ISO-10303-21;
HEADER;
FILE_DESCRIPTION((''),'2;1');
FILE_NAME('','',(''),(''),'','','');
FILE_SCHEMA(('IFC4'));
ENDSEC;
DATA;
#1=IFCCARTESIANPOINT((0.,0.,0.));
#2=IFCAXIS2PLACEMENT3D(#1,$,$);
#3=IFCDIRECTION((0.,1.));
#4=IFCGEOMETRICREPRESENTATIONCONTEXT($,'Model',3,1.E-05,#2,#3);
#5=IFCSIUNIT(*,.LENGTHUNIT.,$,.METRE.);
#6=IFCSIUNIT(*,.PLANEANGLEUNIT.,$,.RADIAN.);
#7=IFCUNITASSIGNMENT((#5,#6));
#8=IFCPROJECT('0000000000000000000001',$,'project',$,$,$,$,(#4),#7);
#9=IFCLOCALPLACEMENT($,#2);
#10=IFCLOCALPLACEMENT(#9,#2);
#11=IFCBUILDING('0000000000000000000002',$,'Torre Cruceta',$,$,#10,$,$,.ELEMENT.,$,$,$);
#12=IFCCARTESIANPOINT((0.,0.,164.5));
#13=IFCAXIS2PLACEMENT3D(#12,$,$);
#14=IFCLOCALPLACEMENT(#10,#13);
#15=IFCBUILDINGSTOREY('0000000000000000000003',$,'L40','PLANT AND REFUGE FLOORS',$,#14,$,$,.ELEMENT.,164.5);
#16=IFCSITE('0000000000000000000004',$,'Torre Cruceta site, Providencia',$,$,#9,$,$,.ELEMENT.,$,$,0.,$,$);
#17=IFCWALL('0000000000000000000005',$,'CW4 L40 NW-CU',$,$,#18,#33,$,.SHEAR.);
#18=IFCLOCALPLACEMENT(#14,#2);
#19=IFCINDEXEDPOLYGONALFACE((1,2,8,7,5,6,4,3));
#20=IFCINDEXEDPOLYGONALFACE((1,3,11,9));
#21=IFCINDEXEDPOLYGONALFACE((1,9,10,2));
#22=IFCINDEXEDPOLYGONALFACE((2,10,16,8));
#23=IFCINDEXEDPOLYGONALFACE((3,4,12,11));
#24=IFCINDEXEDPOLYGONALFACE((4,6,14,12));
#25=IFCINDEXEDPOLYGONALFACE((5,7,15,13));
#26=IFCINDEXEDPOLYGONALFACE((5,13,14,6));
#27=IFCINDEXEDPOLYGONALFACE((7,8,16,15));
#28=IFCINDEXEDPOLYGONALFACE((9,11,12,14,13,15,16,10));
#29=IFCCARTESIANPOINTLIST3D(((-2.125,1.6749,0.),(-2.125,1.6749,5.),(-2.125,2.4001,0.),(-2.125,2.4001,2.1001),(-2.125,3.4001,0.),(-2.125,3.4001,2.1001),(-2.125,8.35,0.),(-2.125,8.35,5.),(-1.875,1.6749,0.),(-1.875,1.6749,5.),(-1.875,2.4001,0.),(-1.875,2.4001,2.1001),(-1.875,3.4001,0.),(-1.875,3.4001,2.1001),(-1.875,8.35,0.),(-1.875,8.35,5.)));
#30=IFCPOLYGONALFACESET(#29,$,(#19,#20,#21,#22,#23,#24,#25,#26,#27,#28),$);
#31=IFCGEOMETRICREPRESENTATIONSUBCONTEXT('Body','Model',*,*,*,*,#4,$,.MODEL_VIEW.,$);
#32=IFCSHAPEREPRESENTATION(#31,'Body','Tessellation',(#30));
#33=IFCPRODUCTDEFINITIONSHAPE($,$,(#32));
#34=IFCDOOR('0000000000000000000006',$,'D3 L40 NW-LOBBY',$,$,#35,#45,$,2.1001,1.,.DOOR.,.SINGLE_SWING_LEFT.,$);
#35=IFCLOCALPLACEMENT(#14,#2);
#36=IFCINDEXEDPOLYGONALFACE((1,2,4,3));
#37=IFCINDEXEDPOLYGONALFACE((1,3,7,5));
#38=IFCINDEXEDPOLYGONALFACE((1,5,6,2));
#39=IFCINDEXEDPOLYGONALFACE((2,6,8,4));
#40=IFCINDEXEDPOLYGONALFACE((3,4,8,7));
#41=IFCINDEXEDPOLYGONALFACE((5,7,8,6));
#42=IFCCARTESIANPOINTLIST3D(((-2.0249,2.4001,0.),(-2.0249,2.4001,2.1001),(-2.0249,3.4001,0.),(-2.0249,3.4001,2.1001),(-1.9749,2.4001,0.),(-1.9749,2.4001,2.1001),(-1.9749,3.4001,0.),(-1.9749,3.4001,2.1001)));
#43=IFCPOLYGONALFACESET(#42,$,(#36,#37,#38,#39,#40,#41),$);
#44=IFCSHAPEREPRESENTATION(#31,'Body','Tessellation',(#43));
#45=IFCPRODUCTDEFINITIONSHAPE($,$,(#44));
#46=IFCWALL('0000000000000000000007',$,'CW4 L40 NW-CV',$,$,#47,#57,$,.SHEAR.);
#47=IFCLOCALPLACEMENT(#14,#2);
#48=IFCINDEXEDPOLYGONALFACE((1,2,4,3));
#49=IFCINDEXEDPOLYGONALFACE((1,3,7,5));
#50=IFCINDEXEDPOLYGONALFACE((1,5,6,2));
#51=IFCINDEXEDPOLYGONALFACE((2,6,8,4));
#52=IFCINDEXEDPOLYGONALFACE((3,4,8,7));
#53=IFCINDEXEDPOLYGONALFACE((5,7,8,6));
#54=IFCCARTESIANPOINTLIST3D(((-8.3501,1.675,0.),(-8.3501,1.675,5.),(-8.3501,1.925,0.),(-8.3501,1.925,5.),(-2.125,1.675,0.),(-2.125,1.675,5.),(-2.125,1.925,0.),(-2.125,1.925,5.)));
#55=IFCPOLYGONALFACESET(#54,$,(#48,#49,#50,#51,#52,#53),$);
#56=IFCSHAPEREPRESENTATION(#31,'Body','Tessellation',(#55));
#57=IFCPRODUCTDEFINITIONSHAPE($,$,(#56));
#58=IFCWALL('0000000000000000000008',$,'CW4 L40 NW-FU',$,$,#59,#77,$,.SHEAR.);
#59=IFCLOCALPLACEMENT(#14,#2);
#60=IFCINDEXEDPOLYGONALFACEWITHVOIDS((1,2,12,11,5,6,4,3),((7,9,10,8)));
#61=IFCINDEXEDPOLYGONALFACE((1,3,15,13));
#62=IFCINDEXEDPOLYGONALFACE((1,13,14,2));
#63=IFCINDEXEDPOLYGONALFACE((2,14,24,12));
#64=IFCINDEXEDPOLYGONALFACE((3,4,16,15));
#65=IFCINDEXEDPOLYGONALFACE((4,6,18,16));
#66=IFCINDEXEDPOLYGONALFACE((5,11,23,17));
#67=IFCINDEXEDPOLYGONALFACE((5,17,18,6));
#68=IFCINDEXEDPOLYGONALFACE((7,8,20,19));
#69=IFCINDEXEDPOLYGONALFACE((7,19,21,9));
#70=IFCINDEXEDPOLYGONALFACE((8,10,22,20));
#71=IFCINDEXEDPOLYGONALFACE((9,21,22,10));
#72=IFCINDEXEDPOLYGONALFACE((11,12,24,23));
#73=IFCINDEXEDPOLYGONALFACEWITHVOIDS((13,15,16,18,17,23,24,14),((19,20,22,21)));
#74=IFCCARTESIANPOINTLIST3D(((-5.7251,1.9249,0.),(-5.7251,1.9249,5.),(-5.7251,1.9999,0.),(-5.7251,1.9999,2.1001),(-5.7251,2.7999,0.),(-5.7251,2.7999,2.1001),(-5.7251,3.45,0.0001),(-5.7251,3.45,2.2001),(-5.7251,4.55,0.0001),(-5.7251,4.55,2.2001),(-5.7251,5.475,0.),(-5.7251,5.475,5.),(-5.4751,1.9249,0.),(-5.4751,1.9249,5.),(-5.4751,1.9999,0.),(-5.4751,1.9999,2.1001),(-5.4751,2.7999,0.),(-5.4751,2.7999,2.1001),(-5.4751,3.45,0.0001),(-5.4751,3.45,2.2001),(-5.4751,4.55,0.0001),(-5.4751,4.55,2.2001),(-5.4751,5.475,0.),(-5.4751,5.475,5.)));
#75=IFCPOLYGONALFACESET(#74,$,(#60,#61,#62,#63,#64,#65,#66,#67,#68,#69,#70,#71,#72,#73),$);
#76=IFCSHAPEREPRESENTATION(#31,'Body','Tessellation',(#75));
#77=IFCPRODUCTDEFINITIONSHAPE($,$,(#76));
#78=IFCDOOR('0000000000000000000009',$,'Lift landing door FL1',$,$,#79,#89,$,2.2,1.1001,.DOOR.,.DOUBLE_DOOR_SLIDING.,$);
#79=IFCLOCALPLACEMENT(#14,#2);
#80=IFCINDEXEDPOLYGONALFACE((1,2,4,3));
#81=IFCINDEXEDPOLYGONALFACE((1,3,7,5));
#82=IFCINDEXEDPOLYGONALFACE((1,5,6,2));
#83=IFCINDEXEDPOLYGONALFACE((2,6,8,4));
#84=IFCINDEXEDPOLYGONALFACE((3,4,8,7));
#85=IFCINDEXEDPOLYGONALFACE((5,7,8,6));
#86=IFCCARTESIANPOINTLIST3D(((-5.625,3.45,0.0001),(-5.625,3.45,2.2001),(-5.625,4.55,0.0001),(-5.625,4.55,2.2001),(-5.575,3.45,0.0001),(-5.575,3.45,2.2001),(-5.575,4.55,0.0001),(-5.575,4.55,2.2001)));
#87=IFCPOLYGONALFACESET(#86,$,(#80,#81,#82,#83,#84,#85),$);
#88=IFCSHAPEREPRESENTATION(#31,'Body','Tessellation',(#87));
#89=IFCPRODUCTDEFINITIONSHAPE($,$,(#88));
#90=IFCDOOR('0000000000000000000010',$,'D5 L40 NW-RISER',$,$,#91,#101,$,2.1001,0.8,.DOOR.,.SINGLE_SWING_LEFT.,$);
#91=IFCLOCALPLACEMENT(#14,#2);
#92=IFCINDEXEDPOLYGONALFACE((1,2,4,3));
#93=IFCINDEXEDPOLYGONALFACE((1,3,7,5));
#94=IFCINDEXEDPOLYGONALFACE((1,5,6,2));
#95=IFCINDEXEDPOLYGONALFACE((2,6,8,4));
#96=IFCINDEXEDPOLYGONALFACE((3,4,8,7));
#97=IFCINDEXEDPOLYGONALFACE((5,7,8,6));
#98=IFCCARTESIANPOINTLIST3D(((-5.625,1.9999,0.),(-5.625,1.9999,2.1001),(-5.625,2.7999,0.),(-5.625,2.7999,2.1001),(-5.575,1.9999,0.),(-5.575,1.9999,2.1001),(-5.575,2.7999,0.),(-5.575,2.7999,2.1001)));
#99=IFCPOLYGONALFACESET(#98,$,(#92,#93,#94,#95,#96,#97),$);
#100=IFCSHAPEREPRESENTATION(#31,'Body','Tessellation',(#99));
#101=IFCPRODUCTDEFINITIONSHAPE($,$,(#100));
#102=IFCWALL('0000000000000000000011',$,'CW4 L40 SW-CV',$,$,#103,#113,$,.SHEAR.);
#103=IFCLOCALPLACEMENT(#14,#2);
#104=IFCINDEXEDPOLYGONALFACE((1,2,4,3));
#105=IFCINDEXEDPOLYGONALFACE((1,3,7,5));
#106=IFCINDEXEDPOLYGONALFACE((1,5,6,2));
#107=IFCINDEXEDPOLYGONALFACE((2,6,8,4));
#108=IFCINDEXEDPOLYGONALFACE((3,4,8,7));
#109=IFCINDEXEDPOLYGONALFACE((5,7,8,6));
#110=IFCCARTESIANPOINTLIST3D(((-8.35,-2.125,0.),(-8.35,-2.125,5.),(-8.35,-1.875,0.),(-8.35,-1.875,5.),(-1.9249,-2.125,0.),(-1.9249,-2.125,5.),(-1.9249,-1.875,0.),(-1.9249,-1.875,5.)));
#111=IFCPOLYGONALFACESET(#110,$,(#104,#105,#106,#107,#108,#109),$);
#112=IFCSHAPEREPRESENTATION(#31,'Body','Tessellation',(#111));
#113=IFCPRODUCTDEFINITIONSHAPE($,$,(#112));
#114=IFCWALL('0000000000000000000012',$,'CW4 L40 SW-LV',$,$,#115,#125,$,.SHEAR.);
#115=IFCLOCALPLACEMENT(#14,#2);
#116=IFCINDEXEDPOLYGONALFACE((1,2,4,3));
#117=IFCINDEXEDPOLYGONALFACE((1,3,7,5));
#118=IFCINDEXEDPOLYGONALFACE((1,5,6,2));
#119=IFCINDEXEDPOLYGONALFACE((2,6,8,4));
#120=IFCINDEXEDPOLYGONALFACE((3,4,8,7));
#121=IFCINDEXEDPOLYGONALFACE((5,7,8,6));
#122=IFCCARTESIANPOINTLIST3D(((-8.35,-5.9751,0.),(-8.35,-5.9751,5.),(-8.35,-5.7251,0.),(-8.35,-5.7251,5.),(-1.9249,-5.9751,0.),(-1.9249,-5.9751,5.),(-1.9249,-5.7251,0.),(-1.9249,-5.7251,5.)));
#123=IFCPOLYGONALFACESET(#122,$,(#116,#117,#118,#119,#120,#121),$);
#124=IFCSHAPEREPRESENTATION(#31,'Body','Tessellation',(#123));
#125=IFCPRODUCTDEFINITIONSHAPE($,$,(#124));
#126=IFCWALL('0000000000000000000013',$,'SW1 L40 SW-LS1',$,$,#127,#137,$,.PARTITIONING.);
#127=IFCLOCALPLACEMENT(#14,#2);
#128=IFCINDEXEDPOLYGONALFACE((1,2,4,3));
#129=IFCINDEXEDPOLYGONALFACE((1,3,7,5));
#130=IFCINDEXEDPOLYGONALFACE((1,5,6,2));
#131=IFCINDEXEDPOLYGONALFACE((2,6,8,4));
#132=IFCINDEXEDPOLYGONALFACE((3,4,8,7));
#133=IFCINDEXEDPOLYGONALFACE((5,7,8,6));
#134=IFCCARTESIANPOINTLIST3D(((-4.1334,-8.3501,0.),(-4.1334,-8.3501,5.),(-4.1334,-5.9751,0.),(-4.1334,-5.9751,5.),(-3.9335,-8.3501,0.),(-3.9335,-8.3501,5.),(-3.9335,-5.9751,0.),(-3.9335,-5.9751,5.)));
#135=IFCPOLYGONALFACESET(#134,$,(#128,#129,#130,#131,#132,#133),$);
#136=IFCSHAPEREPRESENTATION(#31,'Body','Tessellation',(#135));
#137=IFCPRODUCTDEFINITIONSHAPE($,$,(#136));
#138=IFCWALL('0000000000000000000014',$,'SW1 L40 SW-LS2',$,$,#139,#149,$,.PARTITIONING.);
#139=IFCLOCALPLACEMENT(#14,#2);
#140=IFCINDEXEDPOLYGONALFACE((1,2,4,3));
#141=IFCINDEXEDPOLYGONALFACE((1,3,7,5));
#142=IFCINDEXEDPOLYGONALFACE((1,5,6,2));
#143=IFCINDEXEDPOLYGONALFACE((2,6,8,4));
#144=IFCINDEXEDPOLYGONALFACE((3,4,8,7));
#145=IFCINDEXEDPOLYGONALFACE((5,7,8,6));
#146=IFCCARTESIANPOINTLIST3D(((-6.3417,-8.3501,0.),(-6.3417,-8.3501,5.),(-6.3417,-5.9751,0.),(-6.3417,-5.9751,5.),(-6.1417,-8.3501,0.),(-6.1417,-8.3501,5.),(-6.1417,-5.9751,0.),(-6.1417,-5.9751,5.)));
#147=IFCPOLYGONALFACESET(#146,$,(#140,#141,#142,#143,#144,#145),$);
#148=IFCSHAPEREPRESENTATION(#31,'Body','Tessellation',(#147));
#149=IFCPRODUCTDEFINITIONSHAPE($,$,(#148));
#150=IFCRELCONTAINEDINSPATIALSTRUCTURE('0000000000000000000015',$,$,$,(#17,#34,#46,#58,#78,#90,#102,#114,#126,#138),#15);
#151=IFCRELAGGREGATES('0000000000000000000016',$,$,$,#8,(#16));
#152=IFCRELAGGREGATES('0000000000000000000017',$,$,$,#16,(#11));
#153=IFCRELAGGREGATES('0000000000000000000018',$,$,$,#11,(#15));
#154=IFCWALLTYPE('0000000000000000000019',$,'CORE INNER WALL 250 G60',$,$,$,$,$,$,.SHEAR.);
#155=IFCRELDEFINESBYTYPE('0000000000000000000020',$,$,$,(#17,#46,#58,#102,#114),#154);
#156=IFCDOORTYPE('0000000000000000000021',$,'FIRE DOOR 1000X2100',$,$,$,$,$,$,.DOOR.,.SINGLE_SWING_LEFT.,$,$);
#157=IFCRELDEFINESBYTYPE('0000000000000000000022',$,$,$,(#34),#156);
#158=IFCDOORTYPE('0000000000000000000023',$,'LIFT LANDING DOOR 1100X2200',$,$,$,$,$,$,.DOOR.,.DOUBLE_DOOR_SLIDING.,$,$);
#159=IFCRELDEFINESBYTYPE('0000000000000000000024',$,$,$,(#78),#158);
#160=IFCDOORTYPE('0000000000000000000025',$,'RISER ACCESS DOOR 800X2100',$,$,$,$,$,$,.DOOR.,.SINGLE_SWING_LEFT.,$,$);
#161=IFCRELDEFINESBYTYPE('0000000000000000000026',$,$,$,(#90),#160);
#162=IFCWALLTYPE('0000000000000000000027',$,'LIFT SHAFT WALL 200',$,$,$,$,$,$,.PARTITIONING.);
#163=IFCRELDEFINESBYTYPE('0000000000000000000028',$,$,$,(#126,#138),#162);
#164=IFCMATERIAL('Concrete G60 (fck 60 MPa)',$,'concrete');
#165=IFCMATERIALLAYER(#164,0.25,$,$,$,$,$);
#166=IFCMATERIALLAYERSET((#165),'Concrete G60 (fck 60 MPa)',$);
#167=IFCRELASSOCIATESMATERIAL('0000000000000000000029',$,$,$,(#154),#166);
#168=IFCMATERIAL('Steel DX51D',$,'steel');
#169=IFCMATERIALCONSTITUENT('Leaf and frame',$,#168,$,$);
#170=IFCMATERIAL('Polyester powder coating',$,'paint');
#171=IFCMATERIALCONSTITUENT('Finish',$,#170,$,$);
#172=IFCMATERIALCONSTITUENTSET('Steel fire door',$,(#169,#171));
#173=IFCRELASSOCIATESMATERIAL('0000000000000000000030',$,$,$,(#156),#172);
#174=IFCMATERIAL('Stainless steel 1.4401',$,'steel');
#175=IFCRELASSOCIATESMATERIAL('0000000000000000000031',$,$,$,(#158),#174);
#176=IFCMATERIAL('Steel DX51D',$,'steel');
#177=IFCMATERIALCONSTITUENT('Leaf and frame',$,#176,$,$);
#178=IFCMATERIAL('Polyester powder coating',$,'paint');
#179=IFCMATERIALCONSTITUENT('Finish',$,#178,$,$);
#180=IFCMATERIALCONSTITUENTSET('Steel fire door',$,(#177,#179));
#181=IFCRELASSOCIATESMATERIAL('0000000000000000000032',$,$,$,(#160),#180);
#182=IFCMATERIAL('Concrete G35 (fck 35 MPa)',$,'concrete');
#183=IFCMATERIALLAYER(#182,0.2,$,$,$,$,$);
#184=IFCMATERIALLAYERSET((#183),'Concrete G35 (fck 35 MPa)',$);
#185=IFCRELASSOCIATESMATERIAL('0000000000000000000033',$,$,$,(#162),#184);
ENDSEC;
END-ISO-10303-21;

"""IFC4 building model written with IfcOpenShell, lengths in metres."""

from ifc_helpers import new_model, si_unit, direction, frame, frame_2d, origin, place, context, subcontext, project, spatial, rectangle, extrude, material, layer, layer_set, constituent, constituent_set, type_object, element, fill, save


model = new_model("IFC4")

# Units and contexts
model_context = context("Model", 3, precision=1e-05, world=origin(), true_north=direction((0.0, 1.0)))
body_context = subcontext(model_context, "Body", "Model", "MODEL_VIEW")
ifc_project = project(units=[si_unit("LENGTHUNIT", "METRE"), si_unit("PLANEANGLEUNIT", "RADIAN")], contexts=[model_context])

# Site, building, storey
site_placement = place(None, origin())
site = spatial("IfcSite", under=ifc_project, at=site_placement, Name="Torre Cruceta site, Providencia", CompositionType="ELEMENT", RefElevation=0.0)
building_placement = place(site_placement, origin())
building = spatial("IfcBuilding", under=site, at=building_placement, Name="Torre Cruceta", CompositionType="ELEMENT")
storey_placement = place(building_placement, frame((0.0, 0.0, 164.5)))
storey = spatial("IfcBuildingStorey", under=building, at=storey_placement, Name="L40", Description="PLANT AND REFUGE FLOORS", CompositionType="ELEMENT", Elevation=164.5)

# Wall, opening, door
ifc_material_1 = material(Name="Concrete G60 (fck 60 MPa)", Category="concrete")
ifc_layer_1 = layer(ifc_material_1, 0.25)
ifc_layer_set_1 = layer_set([ifc_layer_1], Name="Concrete G60 (fck 60 MPa)")
wall_type_1 = type_object("IfcWallType", Name="CORE INNER WALL 250 G60", PredefinedType="SHEAR", material=ifc_layer_set_1)
wall_1_placement = place(storey_placement, frame((-2.0, 1.675, 0.0), z_axis=(0.0, 0.0, 1.0), x_axis=(0.0, 1.0, 0.0)))
wall_1 = element("IfcWall", 1, at=wall_1_placement, inside=storey, type_object=wall_type_1, Name="CW4 L40 NW-CU", PredefinedType="SHEAR", context=body_context, shape_type="SweptSolid", body=[
    extrude(rectangle(XDim=6.675, YDim=0.25, at=frame_2d((3.3374, 0.0))), origin(), (0.0, 0.0, 1.0), 5.0),
])
opening_1_placement = place(wall_1_placement, frame((0.7251, 0.0, 0.0)))
opening_1 = element("IfcOpeningElement", 2, at=opening_1_placement, cuts=wall_1, PredefinedType="OPENING", context=body_context, shape_type="SweptSolid", body=[
    extrude(rectangle(XDim=1.0, YDim=2.1001, at=frame_2d((0.5, 1.05))), frame((0.0, 0.135, 0.0), z_axis=(0.0, -1.0, 0.0), x_axis=(1.0, 0.0, 0.0)), (0.0, 0.0, 1.0), 0.27),
])
ifc_material_2 = material(Name="Steel DX51D", Category="steel")
ifc_constituent_1 = constituent(ifc_material_2, Name="Leaf and frame")
ifc_material_3 = material(Name="Polyester powder coating", Category="paint")
ifc_constituent_2 = constituent(ifc_material_3, Name="Finish")
ifc_constituent_set_1 = constituent_set(constituents=[ifc_constituent_1, ifc_constituent_2], Name="Steel fire door")
door_type_1 = type_object("IfcDoorType", Name="FIRE DOOR 1000X2100", OperationType="SINGLE_SWING_LEFT", PredefinedType="DOOR", material=ifc_constituent_set_1)
door_1_placement = place(opening_1_placement, origin())
door_1 = element("IfcDoor", 3, at=door_1_placement, inside=storey, type_object=door_type_1, Name="D3 L40 NW-LOBBY", OperationType="SINGLE_SWING_LEFT", OverallHeight=2.1001, OverallWidth=1.0, PredefinedType="DOOR", context=body_context, shape_type="SweptSolid", body=[
    extrude(rectangle(XDim=1.0, YDim=2.1001, at=frame_2d((0.5, 1.05))), frame((0.0, 0.0249, 0.0), z_axis=(0.0, -1.0, 0.0), x_axis=(1.0, 0.0, 0.0)), (0.0, 0.0, 1.0), 0.05),
])
fill(opening_1, door_1)

# Wall
wall_2_placement = place(storey_placement, frame((-2.125, 1.8, 0.0), z_axis=(0.0, 0.0, 1.0), x_axis=(-1.0, 0.0, 0.0)))
element("IfcWall", 4, at=wall_2_placement, inside=storey, type_object=wall_type_1, Name="CW4 L40 NW-CV", PredefinedType="SHEAR", context=body_context, shape_type="SweptSolid", body=[
    extrude(rectangle(XDim=6.2251, YDim=0.25, at=frame_2d((3.1125, 0.0))), origin(), (0.0, 0.0, 1.0), 5.0),
])

# Wall, openings, doors
wall_3_placement = place(storey_placement, frame((-5.6001, 1.925, 0.0), z_axis=(0.0, 0.0, 1.0), x_axis=(0.0, 1.0, 0.0)))
wall_3 = element("IfcWall", 5, at=wall_3_placement, inside=storey, type_object=wall_type_1, Name="CW4 L40 NW-FU", PredefinedType="SHEAR", context=body_context, shape_type="SweptSolid", body=[
    extrude(rectangle(XDim=3.55, YDim=0.25, at=frame_2d((1.7749, 0.0))), origin(), (0.0, 0.0, 1.0), 5.0),
])
opening_2_placement = place(wall_3_placement, frame((1.5249, 0.0, 0.0)))
opening_2 = element("IfcOpeningElement", 6, at=opening_2_placement, cuts=wall_3, PredefinedType="OPENING", context=body_context, shape_type="SweptSolid", body=[
    extrude(rectangle(XDim=1.1001, YDim=2.2, at=frame_2d((0.55, 1.1001))), frame((0.0, 0.135, 0.0), z_axis=(0.0, -1.0, 0.0), x_axis=(1.0, 0.0, 0.0)), (0.0, 0.0, 1.0), 0.27),
])
opening_3_placement = place(wall_3_placement, frame((0.075, 0.0, 0.0)))
opening_3 = element("IfcOpeningElement", 7, at=opening_3_placement, cuts=wall_3, PredefinedType="OPENING", context=body_context, shape_type="SweptSolid", body=[
    extrude(rectangle(XDim=0.8, YDim=2.1001, at=frame_2d((0.3999, 1.05))), frame((0.0, 0.135, 0.0), z_axis=(0.0, -1.0, 0.0), x_axis=(1.0, 0.0, 0.0)), (0.0, 0.0, 1.0), 0.27),
])
ifc_material_4 = material(Name="Stainless steel 1.4401", Category="steel")
door_type_2 = type_object("IfcDoorType", Name="LIFT LANDING DOOR 1100X2200", OperationType="DOUBLE_DOOR_SLIDING", PredefinedType="DOOR", material=ifc_material_4)
door_2_placement = place(opening_2_placement, origin())
door_2 = element("IfcDoor", 8, at=door_2_placement, inside=storey, type_object=door_type_2, Name="Lift landing door FL1", OperationType="DOUBLE_DOOR_SLIDING", OverallHeight=2.2, OverallWidth=1.1001, PredefinedType="DOOR", context=body_context, shape_type="SweptSolid", body=[
    extrude(rectangle(XDim=1.1001, YDim=2.2, at=frame_2d((0.55, 1.1001))), frame((0.0, 0.0249, 0.0), z_axis=(0.0, -1.0, 0.0), x_axis=(1.0, 0.0, 0.0)), (0.0, 0.0, 1.0), 0.05),
])
fill(opening_2, door_2)
ifc_material_5 = material(Name="Steel DX51D", Category="steel")
ifc_constituent_3 = constituent(ifc_material_5, Name="Leaf and frame")
ifc_material_6 = material(Name="Polyester powder coating", Category="paint")
ifc_constituent_4 = constituent(ifc_material_6, Name="Finish")
ifc_constituent_set_2 = constituent_set(constituents=[ifc_constituent_3, ifc_constituent_4], Name="Steel fire door")
door_type_3 = type_object("IfcDoorType", Name="RISER ACCESS DOOR 800X2100", OperationType="SINGLE_SWING_LEFT", PredefinedType="DOOR", material=ifc_constituent_set_2)
door_3_placement = place(opening_3_placement, origin())
door_3 = element("IfcDoor", 9, at=door_3_placement, inside=storey, type_object=door_type_3, Name="D5 L40 NW-RISER", OperationType="SINGLE_SWING_LEFT", OverallHeight=2.1001, OverallWidth=0.8, PredefinedType="DOOR", context=body_context, shape_type="SweptSolid", body=[
    extrude(rectangle(XDim=0.8, YDim=2.1001, at=frame_2d((0.3999, 1.05))), frame((0.0, 0.0249, 0.0), z_axis=(0.0, -1.0, 0.0), x_axis=(1.0, 0.0, 0.0)), (0.0, 0.0, 1.0), 0.05),
])
fill(opening_3, door_3)

# Walls
for number, where, z_axis, x_axis, name in (
    (10, (-1.925, -2.0, 0.0), (0.0, 0.0, 1.0), (-1.0, 0.0, 0.0), "CW4 L40 SW-CV"),
    (11, (-1.925, -5.8501, 0.0), (0.0, 0.0, 1.0), (-1.0, 0.0, 0.0), "CW4 L40 SW-LV"),
):
    element("IfcWall", number, at=place(storey_placement, frame(where, z_axis=z_axis, x_axis=x_axis)), inside=storey, type_object=wall_type_1, Name=name, PredefinedType="SHEAR", context=body_context, shape_type="SweptSolid", body=[
        extrude(rectangle(XDim=6.425, YDim=0.25, at=frame_2d((3.2124, 0.0))), origin(), (0.0, 0.0, 1.0), 5.0),
    ])
ifc_material_7 = material(Name="Concrete G35 (fck 35 MPa)", Category="concrete")
ifc_layer_2 = layer(ifc_material_7, 0.2)
ifc_layer_set_2 = layer_set([ifc_layer_2], Name="Concrete G35 (fck 35 MPa)")
wall_type_2 = type_object("IfcWallType", Name="LIFT SHAFT WALL 200", PredefinedType="PARTITIONING", material=ifc_layer_set_2)
for number, where, z_axis, x_axis, name in (
    (12, (-4.0334, -5.9751, 0.0), (0.0, 0.0, 1.0), (0.0, -1.0, 0.0), "SW1 L40 SW-LS1"),
    (13, (-6.2417, -5.9751, 0.0), (0.0, 0.0, 1.0), (0.0, -1.0, 0.0), "SW1 L40 SW-LS2"),
):
    element("IfcWall", number, at=place(storey_placement, frame(where, z_axis=z_axis, x_axis=x_axis)), inside=storey, type_object=wall_type_2, Name=name, PredefinedType="PARTITIONING", context=body_context, shape_type="SweptSolid", body=[
        extrude(rectangle(XDim=2.375, YDim=0.2, at=frame_2d((1.1875, 0.0))), origin(), (0.0, 0.0, 1.0), 5.0),
    ])

save(model, "model.ifc")
